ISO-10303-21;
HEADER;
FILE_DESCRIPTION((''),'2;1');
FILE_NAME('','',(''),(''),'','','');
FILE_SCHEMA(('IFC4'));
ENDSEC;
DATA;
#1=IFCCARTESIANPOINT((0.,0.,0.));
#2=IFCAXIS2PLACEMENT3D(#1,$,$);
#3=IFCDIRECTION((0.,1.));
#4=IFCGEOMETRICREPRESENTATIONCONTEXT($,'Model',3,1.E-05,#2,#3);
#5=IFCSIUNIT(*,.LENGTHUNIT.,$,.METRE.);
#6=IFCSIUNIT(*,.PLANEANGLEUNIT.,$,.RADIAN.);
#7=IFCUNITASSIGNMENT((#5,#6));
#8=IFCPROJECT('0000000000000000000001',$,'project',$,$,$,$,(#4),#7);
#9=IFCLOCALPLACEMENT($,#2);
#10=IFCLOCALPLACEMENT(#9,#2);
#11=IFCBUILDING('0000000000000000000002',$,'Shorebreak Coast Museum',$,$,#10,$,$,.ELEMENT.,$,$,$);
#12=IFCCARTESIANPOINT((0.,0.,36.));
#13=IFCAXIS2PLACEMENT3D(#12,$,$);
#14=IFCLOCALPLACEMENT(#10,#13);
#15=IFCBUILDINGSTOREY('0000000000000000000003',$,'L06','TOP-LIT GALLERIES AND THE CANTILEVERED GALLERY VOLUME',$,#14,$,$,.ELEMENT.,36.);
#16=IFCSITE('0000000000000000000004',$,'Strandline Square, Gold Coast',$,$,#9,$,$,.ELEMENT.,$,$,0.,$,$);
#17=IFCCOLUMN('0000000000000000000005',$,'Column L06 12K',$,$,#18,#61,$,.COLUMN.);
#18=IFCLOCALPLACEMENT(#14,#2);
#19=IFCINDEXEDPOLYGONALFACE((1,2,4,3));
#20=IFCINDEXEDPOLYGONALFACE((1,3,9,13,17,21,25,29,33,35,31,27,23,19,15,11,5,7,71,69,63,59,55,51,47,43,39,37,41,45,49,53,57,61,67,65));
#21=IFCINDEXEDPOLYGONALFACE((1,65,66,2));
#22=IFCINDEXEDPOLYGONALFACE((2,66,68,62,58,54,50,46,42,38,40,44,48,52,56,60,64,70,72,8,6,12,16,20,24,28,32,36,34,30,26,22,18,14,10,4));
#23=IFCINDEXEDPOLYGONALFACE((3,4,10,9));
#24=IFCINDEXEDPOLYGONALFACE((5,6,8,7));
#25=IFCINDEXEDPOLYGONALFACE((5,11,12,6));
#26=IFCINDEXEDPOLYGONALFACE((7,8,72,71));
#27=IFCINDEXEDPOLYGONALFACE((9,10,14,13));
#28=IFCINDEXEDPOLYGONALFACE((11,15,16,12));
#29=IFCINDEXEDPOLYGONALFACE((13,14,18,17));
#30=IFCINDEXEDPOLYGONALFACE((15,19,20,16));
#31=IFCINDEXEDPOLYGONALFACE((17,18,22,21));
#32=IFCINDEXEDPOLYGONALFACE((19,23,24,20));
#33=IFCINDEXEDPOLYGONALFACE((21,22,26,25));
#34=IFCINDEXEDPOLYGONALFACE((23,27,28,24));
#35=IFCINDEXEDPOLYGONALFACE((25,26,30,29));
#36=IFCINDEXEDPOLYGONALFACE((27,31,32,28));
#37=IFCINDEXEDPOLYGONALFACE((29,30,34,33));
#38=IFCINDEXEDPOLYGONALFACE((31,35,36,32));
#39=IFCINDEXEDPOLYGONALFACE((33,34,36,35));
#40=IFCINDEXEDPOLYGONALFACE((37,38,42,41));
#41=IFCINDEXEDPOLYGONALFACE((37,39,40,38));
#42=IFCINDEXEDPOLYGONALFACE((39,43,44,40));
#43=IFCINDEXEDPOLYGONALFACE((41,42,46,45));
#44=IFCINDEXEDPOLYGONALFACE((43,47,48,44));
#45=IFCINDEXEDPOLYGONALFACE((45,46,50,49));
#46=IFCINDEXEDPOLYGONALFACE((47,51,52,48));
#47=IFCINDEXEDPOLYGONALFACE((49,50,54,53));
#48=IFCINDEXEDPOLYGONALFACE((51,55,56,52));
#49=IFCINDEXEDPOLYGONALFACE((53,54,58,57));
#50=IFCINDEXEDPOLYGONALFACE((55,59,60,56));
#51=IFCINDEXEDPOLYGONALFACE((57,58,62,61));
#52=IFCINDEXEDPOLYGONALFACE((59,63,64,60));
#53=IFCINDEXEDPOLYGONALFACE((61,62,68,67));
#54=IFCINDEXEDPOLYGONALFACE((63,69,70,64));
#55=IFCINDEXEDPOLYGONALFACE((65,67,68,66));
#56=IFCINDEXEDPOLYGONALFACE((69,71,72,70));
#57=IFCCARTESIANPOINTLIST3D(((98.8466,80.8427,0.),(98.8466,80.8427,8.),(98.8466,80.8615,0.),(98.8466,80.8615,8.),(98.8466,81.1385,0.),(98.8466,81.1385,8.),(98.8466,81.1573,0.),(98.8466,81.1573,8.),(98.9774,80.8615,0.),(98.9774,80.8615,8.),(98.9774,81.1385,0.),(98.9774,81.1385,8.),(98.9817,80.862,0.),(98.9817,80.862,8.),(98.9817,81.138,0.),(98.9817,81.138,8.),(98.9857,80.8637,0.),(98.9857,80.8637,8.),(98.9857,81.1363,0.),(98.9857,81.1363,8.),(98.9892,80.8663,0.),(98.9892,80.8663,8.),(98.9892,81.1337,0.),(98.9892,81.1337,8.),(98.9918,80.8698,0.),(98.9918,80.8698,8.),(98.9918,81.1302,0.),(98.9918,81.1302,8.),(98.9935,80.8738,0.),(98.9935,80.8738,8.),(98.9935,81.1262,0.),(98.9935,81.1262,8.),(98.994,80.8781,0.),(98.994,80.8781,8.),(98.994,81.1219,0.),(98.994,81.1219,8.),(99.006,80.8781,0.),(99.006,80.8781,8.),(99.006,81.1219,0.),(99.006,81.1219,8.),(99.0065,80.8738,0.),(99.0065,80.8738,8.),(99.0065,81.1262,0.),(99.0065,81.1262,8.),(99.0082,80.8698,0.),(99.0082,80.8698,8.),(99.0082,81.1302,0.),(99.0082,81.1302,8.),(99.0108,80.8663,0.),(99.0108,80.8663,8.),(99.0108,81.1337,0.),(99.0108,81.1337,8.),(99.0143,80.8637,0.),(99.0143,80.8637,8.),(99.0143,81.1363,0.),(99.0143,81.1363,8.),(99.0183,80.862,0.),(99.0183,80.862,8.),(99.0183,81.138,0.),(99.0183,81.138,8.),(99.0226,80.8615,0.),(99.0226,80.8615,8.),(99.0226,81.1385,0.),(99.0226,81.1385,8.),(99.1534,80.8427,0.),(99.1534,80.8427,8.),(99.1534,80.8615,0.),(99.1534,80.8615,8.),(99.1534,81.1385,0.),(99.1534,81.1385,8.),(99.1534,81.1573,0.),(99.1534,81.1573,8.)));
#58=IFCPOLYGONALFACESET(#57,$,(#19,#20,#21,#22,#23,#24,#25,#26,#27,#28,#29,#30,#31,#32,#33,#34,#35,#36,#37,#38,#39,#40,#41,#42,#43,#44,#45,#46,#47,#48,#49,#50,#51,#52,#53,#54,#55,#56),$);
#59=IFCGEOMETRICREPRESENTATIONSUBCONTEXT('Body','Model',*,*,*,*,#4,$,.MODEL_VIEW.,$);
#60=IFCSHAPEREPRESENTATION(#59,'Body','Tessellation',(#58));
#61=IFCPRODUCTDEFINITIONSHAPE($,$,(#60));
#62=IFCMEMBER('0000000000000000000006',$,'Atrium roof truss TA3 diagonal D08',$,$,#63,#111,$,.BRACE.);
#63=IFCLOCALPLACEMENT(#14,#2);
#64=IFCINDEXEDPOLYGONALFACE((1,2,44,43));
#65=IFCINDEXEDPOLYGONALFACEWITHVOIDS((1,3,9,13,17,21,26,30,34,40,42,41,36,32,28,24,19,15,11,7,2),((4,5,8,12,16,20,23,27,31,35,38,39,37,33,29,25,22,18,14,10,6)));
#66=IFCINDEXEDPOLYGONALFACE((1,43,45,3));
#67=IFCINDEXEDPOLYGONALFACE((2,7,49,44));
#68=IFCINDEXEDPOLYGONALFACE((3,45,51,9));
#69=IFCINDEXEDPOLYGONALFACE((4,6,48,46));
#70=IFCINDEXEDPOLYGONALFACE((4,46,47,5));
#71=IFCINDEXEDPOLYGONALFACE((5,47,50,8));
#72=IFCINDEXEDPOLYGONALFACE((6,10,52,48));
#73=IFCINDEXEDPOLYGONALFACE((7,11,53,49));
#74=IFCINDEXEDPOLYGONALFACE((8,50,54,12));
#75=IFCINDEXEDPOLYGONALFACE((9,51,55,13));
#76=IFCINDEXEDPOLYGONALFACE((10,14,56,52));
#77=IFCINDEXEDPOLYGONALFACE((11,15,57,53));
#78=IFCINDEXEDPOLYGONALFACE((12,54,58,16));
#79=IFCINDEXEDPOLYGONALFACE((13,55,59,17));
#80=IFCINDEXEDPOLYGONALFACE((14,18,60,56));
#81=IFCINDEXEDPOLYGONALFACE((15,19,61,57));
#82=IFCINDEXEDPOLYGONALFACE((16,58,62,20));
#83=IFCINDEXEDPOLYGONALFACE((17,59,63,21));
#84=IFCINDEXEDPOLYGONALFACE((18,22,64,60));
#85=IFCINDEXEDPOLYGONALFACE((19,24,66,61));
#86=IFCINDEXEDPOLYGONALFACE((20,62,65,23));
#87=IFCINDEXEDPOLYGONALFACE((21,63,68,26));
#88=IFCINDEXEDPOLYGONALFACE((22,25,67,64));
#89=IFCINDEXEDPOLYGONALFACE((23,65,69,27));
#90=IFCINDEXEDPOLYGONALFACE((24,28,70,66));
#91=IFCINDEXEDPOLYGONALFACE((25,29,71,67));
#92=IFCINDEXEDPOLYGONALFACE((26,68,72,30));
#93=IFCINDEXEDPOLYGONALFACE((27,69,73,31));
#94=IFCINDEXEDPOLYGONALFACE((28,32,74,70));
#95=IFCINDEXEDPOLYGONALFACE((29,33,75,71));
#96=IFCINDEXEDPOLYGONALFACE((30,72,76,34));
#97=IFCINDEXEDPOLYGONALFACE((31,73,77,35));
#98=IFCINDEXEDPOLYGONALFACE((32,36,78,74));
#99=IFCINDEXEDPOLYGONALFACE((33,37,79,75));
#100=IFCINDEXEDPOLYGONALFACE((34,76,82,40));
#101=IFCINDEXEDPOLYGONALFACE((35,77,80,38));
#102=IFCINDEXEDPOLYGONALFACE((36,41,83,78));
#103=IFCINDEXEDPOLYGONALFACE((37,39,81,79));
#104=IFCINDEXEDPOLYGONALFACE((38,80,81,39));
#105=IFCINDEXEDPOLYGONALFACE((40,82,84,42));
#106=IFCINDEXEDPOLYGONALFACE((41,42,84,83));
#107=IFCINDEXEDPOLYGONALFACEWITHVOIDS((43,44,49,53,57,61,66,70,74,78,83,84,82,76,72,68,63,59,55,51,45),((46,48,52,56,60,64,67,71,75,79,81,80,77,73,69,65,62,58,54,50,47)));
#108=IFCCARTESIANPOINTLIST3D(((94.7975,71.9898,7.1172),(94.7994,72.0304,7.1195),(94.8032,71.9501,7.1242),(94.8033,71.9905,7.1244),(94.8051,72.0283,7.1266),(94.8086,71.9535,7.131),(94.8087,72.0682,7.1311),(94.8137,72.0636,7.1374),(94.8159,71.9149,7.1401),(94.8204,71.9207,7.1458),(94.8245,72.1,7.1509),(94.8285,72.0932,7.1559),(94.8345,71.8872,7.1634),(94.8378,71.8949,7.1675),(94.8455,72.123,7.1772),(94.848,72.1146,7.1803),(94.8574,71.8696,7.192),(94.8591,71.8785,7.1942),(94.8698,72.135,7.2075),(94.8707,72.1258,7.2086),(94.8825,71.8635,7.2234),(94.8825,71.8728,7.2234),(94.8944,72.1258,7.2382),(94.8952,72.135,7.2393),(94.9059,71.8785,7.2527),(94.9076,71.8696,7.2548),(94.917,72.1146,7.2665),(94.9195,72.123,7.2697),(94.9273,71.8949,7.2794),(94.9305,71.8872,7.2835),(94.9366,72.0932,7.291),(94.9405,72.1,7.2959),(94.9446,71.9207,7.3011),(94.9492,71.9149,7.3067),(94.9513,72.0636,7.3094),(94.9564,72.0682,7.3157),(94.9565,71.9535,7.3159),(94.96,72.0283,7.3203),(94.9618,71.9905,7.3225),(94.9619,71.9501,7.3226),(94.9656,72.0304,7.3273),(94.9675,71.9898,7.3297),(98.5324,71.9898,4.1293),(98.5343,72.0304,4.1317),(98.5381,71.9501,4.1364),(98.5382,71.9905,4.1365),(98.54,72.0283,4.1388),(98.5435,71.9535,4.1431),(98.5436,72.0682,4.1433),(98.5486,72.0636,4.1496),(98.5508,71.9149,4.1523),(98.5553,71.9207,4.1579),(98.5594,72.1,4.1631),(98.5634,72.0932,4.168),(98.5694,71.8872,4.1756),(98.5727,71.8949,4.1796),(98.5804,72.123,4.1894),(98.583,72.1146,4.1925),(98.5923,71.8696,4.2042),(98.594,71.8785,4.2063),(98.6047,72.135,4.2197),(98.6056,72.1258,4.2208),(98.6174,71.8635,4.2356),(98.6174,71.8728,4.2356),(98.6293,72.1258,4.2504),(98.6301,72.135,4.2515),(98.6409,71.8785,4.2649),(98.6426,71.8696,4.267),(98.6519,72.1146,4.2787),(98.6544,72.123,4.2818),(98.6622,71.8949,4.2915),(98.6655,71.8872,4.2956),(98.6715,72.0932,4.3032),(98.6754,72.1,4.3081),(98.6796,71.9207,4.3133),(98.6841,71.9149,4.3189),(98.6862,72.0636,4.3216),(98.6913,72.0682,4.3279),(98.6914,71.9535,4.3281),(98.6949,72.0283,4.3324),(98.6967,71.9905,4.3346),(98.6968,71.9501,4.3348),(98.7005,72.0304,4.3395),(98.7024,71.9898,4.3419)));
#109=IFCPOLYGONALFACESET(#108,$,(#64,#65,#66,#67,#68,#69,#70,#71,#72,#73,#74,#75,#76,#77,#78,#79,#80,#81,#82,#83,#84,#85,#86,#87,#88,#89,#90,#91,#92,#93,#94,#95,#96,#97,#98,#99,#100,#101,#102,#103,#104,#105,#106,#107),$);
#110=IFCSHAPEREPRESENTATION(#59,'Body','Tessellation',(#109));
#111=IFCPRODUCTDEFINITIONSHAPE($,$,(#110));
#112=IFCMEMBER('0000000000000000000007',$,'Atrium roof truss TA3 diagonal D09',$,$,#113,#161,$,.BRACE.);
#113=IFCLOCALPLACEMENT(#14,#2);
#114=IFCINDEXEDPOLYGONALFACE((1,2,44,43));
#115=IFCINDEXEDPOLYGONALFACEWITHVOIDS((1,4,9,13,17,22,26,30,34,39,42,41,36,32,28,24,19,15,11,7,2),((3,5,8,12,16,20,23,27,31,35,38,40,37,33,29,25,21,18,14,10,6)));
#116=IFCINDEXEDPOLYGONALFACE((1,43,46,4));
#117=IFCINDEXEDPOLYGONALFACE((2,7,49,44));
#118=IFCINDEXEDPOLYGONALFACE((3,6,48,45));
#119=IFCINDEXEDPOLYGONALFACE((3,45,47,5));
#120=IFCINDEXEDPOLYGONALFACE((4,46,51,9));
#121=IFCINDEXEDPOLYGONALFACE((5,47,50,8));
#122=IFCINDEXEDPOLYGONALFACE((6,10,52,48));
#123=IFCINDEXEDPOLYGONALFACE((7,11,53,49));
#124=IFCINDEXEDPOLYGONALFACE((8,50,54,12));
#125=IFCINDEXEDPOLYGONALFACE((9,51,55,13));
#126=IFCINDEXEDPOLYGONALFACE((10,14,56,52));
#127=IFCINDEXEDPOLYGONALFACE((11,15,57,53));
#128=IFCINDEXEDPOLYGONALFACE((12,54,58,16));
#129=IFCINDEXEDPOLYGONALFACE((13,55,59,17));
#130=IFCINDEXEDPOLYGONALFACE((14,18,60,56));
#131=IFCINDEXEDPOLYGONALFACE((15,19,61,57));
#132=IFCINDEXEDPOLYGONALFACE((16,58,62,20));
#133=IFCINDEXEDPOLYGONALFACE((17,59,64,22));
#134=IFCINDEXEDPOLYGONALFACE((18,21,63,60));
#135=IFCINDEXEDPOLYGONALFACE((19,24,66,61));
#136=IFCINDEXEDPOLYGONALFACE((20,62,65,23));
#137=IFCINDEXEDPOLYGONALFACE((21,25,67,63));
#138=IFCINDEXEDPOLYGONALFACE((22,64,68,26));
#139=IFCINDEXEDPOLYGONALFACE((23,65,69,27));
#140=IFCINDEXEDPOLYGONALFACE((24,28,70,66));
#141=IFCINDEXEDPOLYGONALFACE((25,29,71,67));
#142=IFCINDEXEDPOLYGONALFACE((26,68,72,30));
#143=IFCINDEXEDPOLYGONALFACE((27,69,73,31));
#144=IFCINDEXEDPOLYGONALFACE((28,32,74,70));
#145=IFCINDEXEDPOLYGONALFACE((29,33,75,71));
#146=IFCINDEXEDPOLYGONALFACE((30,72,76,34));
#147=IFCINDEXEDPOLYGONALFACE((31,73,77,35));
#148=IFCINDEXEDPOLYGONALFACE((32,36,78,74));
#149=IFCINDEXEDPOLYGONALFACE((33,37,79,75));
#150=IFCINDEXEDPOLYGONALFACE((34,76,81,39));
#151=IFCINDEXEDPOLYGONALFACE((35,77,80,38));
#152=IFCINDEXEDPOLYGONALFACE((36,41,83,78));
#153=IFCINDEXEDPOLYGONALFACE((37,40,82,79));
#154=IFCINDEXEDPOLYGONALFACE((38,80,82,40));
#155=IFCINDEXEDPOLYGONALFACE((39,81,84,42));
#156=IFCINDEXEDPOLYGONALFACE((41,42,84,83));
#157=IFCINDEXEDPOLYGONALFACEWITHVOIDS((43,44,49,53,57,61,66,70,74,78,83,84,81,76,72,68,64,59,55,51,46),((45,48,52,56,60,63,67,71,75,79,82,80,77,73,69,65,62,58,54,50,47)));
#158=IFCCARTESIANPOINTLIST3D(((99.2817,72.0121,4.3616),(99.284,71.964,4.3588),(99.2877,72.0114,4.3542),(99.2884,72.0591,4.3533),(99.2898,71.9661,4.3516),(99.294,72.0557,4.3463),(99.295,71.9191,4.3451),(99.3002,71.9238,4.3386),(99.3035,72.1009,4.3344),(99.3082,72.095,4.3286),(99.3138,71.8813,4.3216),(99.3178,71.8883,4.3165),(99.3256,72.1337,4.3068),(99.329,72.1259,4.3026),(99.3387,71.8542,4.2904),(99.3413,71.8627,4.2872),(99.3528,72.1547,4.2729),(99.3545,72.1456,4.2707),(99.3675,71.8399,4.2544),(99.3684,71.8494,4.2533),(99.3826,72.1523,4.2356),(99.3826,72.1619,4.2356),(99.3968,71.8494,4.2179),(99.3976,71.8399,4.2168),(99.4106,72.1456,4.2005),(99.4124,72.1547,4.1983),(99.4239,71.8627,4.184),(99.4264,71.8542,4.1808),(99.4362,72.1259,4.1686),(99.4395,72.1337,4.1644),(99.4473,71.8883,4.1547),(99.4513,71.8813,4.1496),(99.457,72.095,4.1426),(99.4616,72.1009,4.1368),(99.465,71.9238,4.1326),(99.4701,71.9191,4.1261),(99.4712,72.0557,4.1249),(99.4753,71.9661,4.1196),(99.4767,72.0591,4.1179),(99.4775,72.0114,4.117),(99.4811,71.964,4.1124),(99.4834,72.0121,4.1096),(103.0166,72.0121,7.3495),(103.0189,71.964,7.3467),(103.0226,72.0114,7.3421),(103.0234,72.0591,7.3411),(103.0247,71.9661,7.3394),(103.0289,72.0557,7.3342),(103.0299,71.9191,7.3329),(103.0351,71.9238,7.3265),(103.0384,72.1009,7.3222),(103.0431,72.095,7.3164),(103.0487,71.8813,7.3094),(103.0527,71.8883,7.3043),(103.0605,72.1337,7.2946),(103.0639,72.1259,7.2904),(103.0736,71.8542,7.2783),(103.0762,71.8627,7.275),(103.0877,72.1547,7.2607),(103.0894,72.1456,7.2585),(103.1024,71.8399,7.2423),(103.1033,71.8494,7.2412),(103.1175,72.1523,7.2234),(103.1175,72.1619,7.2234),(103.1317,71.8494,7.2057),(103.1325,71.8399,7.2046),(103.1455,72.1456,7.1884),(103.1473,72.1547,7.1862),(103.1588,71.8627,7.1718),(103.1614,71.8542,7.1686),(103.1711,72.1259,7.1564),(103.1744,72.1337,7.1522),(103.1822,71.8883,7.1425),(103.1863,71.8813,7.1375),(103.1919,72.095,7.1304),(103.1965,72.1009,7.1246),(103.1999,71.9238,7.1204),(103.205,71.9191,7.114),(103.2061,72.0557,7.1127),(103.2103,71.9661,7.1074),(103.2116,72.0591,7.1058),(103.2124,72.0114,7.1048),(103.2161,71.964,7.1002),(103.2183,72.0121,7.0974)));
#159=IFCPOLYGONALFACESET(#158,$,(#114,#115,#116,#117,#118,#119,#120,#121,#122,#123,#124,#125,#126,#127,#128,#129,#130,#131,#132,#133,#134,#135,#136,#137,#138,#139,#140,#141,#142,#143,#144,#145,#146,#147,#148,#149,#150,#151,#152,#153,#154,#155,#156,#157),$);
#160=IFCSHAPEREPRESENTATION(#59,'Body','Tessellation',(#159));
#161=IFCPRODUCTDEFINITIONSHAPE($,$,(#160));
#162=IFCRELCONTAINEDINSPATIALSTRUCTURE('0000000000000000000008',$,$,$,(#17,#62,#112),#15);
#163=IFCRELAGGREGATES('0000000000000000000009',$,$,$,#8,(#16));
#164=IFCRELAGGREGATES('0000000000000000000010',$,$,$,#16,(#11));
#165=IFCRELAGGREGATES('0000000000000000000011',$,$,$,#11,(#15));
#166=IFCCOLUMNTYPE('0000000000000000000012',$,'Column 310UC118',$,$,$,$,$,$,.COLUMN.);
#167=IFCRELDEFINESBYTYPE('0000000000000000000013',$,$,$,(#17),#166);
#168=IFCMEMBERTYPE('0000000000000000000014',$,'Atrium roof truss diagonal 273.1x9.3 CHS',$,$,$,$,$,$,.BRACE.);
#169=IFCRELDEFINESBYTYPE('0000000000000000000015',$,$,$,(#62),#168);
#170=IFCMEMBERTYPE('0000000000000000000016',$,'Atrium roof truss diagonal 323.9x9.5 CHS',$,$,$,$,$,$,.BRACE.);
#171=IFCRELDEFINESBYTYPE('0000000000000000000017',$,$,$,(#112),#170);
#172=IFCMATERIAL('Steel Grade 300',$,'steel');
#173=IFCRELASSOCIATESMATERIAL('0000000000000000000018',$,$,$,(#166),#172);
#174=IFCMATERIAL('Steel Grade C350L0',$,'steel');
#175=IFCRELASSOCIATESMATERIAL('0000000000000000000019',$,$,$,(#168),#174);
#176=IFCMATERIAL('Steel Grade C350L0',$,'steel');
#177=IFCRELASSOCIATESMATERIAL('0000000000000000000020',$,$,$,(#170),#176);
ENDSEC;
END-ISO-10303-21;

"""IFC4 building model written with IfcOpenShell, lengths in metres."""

from ifc_helpers import new_model, si_unit, direction, frame, origin, origin_2d, place, context, subcontext, project, spatial, hollow_circle, i_section, extrude, material, material_profile, profile_set, type_object, element, save


model = new_model("IFC4")

# Units and contexts
model_context = context("Model", 3, precision=1e-05, world=origin(), true_north=direction((0.0, 1.0)))
body_context = subcontext(model_context, "Body", "Model", "MODEL_VIEW")
ifc_project = project(units=[si_unit("LENGTHUNIT", "METRE"), si_unit("PLANEANGLEUNIT", "RADIAN")], contexts=[model_context])

# Site, building, storey
site_placement = place(None, origin())
site = spatial("IfcSite", under=ifc_project, at=site_placement, Name="Strandline Square, Gold Coast", CompositionType="ELEMENT", RefElevation=0.0)
building_placement = place(site_placement, origin())
building = spatial("IfcBuilding", under=site, at=building_placement, Name="Shorebreak Coast Museum", CompositionType="ELEMENT")
storey_placement = place(building_placement, frame((0.0, 0.0, 36.0)))
storey = spatial("IfcBuildingStorey", under=building, at=storey_placement, Name="L06", Description="TOP-LIT GALLERIES AND THE CANTILEVERED GALLERY VOLUME", CompositionType="ELEMENT", Elevation=36.0)

# Column
ifc_material_1 = material(Name="Steel Grade 300", Category="steel")
ifc_material_profile_1 = material_profile(ifc_material_1, i_section(OverallWidth=0.3069, OverallDepth=0.3147, WebThickness=0.012, FlangeThickness=0.0188, FilletRadius=0.0166, at=origin_2d()), Name="310UC118")
ifc_profile_set_1 = profile_set([ifc_material_profile_1], Name="Steel Grade 300")
column_type = type_object("IfcColumnType", Name="Column 310UC118", PredefinedType="COLUMN", material=ifc_profile_set_1)
column_placement = place(storey_placement, frame((99.0, 81.0, 0.0), z_axis=(0.0, 0.0, 1.0), x_axis=(1.0, 0.0, 0.0)))
element("IfcColumn", 1, at=column_placement, inside=storey, type_object=column_type, Name="Column L06 12K", PredefinedType="COLUMN", context=body_context, shape_type="SweptSolid", body=[
    extrude(i_section(OverallWidth=0.3069, OverallDepth=0.3147, WebThickness=0.012, FlangeThickness=0.0188, FilletRadius=0.0166, at=origin_2d()), origin(), (0.0, 0.0, 1.0), 8.0),
])

# Members
ifc_material_2 = material(Name="Steel Grade C350L0", Category="steel")
ifc_material_profile_2 = material_profile(ifc_material_2, hollow_circle(Radius=0.1365, WallThickness=0.0093, at=origin_2d()), Name="273.1x9.3 CHS")
ifc_profile_set_2 = profile_set([ifc_material_profile_2], Name="Steel Grade C350L0")
member_type_1 = type_object("IfcMemberType", Name="Atrium roof truss diagonal 273.1x9.3 CHS", PredefinedType="BRACE", material=ifc_profile_set_2)
member_1_placement = place(storey_placement, frame((98.6174, 72.0, 4.2356), z_axis=(-0.780879, 0.0, 0.624683), x_axis=(0.0, -1.0, 0.0)))
element("IfcMember", 2, at=member_1_placement, inside=storey, type_object=member_type_1, Name="Atrium roof truss TA3 diagonal D08", PredefinedType="BRACE", context=body_context, shape_type="SweptSolid", body=[
    extrude(hollow_circle(Radius=0.1365, WallThickness=0.0093, at=origin_2d()), origin(), (0.0, 0.0, 1.0), 4.783),
])
ifc_material_3 = material(Name="Steel Grade C350L0", Category="steel")
ifc_material_profile_3 = material_profile(ifc_material_3, hollow_circle(Radius=0.1619, WallThickness=0.0095, at=origin_2d()), Name="323.9x9.5 CHS")
ifc_profile_set_3 = profile_set([ifc_material_profile_3], Name="Steel Grade C350L0")
member_type_2 = type_object("IfcMemberType", Name="Atrium roof truss diagonal 323.9x9.5 CHS", PredefinedType="BRACE", material=ifc_profile_set_3)
member_2_placement = place(storey_placement, frame((99.3826, 72.0, 4.2356), z_axis=(0.780879, 0.0, 0.624683), x_axis=(0.0, 1.0, 0.0)))
element("IfcMember", 3, at=member_2_placement, inside=storey, type_object=member_type_2, Name="Atrium roof truss TA3 diagonal D09", PredefinedType="BRACE", context=body_context, shape_type="SweptSolid", body=[
    extrude(hollow_circle(Radius=0.1619, WallThickness=0.0095, at=origin_2d()), origin(), (0.0, 0.0, 1.0), 4.783),
])

save(model, "model.ifc")
